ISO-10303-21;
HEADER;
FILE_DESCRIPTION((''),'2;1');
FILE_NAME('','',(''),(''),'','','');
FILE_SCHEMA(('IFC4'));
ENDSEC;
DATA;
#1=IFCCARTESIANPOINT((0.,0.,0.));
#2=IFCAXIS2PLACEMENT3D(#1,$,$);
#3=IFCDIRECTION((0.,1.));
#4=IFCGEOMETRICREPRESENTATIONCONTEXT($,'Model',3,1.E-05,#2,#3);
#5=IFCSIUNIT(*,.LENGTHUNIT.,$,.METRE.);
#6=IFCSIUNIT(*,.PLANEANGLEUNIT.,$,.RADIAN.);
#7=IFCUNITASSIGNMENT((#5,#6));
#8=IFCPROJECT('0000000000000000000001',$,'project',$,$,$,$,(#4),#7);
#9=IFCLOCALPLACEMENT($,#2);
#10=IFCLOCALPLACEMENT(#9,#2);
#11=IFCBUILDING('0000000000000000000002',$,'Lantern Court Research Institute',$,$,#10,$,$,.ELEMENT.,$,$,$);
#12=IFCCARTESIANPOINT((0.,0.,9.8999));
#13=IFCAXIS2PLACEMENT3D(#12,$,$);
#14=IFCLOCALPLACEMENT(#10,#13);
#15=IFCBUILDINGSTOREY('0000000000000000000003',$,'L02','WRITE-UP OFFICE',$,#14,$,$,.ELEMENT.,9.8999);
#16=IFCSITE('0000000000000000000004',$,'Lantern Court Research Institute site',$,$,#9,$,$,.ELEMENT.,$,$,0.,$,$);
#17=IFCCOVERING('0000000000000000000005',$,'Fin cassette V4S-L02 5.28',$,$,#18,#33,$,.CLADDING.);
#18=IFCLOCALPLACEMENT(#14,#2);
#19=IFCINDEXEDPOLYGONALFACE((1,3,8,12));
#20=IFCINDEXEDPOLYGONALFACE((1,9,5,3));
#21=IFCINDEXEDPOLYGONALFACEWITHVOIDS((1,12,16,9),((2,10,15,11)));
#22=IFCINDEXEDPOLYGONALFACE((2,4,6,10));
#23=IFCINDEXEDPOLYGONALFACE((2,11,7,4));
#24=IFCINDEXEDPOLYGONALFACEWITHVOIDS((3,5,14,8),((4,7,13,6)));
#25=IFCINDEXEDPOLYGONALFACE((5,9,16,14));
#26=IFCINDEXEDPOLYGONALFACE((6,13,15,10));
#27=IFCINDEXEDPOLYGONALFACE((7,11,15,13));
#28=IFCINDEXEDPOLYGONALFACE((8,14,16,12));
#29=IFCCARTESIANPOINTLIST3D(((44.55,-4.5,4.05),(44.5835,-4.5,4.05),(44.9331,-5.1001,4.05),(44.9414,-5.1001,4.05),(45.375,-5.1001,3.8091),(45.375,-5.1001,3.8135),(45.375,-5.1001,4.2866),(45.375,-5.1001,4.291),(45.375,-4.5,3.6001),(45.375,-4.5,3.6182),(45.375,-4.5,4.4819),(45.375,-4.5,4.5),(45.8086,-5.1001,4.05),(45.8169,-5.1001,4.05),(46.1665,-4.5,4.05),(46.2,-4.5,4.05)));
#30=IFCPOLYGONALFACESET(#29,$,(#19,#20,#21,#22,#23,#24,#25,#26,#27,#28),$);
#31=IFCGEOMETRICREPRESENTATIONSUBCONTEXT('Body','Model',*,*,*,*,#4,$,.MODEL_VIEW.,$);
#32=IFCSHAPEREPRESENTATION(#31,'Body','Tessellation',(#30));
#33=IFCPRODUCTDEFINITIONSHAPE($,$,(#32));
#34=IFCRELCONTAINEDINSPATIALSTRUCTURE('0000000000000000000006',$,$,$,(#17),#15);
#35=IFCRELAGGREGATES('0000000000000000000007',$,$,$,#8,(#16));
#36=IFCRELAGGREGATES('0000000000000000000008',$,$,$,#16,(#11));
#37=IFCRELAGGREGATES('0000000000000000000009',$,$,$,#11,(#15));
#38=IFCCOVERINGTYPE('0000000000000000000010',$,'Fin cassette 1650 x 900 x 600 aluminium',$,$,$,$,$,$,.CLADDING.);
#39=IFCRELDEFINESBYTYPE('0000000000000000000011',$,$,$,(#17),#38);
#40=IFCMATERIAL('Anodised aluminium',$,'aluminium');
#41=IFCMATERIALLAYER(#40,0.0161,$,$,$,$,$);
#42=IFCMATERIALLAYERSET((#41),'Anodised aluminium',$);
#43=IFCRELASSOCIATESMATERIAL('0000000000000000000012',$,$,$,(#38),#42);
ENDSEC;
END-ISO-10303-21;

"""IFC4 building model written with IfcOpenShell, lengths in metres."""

from ifc_helpers import new_model, entity, si_unit, direction, frame, origin, place, context, subcontext, project, spatial, material, layer, layer_set, type_object, element, save


model = new_model("IFC4")

# Units and contexts
model_context = context("Model", 3, precision=1e-05, world=origin(), true_north=direction((0.0, 1.0)))
body_context = subcontext(model_context, "Body", "Model", "MODEL_VIEW")
ifc_project = project(units=[si_unit("LENGTHUNIT", "METRE"), si_unit("PLANEANGLEUNIT", "RADIAN")], contexts=[model_context])

# Site, building, storey
site_placement = place(None, origin())
site = spatial("IfcSite", under=ifc_project, at=site_placement, Name="Lantern Court Research Institute site", CompositionType="ELEMENT", RefElevation=0.0)
building_placement = place(site_placement, origin())
building = spatial("IfcBuilding", under=site, at=building_placement, Name="Lantern Court Research Institute", CompositionType="ELEMENT")
storey_placement = place(building_placement, frame((0.0, 0.0, 9.8999)))
storey = spatial("IfcBuildingStorey", under=building, at=storey_placement, Name="L02", Description="WRITE-UP OFFICE", CompositionType="ELEMENT", Elevation=9.8999)

# Covering
ifc_material_1 = material(Name="Anodised aluminium", Category="aluminium")
ifc_layer_1 = layer(ifc_material_1, 0.0161)
ifc_layer_set_1 = layer_set([ifc_layer_1], Name="Anodised aluminium")
covering_type = type_object("IfcCoveringType", Name="Fin cassette 1650 x 900 x 600 aluminium", PredefinedType="CLADDING", material=ifc_layer_set_1)
covering_1_placement = place(storey_placement, frame((45.375, -4.5, 4.05), z_axis=(0.0, -1.0, 0.0), x_axis=(1.0, 0.0, 0.0)))
cartesian_point_1 = entity("IfcCartesianPoint", [0.825, 0.0])
cartesian_point_2 = entity("IfcCartesianPoint", [0.7915, 0.0])
cartesian_point_3 = entity("IfcCartesianPoint", [0.4419, 0.0])
cartesian_point_4 = entity("IfcCartesianPoint", [0.4336, 0.0])
element("IfcCovering", 1, at=covering_1_placement, inside=storey, type_object=covering_type, Name="Fin cassette V4S-L02 5.28", PredefinedType="CLADDING", context=body_context, shape_type="SweptSolid", body=[
    entity("IfcExtrudedAreaSolidTapered", entity("IfcArbitraryProfileDefWithVoids", "AREA", None, entity("IfcPolyline", [cartesian_point_1, entity("IfcCartesianPoint", [0.0, 0.45]), entity("IfcCartesianPoint", [-0.825, 0.0]), entity("IfcCartesianPoint", [0.0, -0.45]), cartesian_point_1]), [entity("IfcPolyline", [cartesian_point_2, entity("IfcCartesianPoint", [0.0, 0.4319]), entity("IfcCartesianPoint", [-0.7915, 0.0]), entity("IfcCartesianPoint", [0.0, -0.4319]), cartesian_point_2])]), entity("IfcAxis2Placement3D", entity("IfcCartesianPoint", [0.0, 0.0, 0.0])), entity("IfcDirection", [0.0, 0.0, 1.0]), 0.6001, entity("IfcArbitraryProfileDefWithVoids", "AREA", None, entity("IfcPolyline", [cartesian_point_3, entity("IfcCartesianPoint", [0.0, 0.241]), entity("IfcCartesianPoint", [-0.4419, 0.0]), entity("IfcCartesianPoint", [0.0, -0.241]), cartesian_point_3]), [entity("IfcPolyline", [cartesian_point_4, entity("IfcCartesianPoint", [0.0, 0.2366]), entity("IfcCartesianPoint", [-0.4336, 0.0]), entity("IfcCartesianPoint", [0.0, -0.2366]), cartesian_point_4])])),
])

save(model, "model.ifc")
